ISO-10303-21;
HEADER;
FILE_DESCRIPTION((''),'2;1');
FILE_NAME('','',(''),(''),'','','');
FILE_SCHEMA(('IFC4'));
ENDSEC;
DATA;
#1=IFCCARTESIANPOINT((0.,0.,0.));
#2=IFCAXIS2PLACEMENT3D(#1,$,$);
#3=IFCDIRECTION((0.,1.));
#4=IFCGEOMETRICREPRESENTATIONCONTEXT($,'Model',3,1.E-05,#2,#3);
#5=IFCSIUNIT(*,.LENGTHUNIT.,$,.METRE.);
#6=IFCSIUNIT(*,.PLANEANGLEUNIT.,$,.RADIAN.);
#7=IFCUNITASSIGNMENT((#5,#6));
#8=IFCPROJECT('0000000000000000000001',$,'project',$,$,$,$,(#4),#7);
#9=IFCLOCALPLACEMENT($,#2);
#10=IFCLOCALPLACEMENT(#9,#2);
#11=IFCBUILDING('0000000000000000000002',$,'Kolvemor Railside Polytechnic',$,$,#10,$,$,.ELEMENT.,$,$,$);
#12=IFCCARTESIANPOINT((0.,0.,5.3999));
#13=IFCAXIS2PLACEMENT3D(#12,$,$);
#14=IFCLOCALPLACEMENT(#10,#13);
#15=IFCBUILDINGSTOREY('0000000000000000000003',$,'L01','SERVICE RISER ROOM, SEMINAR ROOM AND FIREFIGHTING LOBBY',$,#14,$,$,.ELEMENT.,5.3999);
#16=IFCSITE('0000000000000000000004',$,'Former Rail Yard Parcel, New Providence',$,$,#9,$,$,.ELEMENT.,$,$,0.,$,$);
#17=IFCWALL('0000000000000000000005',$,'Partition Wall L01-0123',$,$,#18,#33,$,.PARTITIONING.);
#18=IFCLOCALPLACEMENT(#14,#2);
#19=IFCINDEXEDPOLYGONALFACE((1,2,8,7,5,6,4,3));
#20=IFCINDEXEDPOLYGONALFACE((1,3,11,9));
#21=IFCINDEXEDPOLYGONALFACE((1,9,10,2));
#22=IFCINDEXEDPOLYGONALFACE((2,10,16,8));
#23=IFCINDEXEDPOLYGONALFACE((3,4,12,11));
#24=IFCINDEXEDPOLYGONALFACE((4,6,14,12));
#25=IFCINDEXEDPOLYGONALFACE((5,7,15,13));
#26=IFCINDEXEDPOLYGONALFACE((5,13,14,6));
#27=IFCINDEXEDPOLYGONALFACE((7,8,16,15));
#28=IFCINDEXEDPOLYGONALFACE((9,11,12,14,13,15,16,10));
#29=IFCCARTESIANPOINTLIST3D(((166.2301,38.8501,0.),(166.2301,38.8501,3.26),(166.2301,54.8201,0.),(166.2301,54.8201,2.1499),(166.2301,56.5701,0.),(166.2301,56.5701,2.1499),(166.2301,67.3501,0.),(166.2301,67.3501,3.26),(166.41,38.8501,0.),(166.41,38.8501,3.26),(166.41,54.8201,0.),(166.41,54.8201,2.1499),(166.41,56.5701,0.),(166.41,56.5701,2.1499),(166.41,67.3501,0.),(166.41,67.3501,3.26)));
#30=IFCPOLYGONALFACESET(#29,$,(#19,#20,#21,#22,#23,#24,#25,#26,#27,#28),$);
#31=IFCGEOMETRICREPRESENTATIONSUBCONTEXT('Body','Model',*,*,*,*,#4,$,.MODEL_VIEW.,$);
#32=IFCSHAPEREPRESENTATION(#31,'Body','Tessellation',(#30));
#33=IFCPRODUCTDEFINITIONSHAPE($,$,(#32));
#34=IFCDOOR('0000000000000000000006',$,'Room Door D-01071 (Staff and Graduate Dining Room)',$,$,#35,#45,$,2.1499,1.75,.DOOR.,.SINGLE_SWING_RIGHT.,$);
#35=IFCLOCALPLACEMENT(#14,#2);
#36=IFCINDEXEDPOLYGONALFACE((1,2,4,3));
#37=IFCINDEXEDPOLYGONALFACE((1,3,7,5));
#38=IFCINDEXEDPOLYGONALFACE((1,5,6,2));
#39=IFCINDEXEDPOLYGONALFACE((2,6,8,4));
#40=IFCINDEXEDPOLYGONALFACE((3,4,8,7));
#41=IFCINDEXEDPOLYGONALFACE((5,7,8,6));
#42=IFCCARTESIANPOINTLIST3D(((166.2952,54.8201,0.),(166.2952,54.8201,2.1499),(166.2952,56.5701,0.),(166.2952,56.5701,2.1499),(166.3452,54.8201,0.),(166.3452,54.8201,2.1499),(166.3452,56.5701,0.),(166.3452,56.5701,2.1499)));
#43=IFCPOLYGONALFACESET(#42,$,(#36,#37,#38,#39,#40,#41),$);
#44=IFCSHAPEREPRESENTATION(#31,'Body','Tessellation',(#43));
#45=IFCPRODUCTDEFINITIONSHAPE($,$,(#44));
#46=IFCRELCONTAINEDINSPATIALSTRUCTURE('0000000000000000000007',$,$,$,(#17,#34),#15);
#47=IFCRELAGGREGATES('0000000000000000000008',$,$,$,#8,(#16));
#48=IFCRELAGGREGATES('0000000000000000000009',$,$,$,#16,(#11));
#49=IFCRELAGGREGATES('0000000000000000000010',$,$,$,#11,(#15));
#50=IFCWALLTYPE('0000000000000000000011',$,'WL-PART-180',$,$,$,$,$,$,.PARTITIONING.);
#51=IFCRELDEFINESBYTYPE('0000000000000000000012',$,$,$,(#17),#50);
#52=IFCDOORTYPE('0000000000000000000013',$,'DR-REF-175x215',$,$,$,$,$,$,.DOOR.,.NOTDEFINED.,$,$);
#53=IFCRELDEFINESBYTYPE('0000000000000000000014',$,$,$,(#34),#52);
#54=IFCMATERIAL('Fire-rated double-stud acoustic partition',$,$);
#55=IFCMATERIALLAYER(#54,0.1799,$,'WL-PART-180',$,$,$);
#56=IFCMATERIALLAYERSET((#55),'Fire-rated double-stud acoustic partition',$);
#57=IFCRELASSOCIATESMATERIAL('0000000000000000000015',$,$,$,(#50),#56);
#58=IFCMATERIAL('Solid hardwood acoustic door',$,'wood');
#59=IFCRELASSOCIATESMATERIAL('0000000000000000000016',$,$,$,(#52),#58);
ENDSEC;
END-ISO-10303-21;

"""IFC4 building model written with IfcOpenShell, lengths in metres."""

from ifc_helpers import new_model, si_unit, direction, frame, frame_2d, origin, place, context, subcontext, project, spatial, rectangle, extrude, material, layer, layer_set, type_object, element, fill, save


model = new_model("IFC4")

# Units and contexts
model_context = context("Model", 3, precision=1e-05, world=origin(), true_north=direction((0.0, 1.0)))
body_context = subcontext(model_context, "Body", "Model", "MODEL_VIEW")
ifc_project = project(units=[si_unit("LENGTHUNIT", "METRE"), si_unit("PLANEANGLEUNIT", "RADIAN")], contexts=[model_context])

# Site, building, storey
site_placement = place(None, origin())
site = spatial("IfcSite", under=ifc_project, at=site_placement, Name="Former Rail Yard Parcel, New Providence", CompositionType="ELEMENT", RefElevation=0.0)
building_placement = place(site_placement, origin())
building = spatial("IfcBuilding", under=site, at=building_placement, Name="Kolvemor Railside Polytechnic", CompositionType="ELEMENT")
storey_placement = place(building_placement, frame((0.0, 0.0, 5.3999)))
storey = spatial("IfcBuildingStorey", under=building, at=storey_placement, Name="L01", Description="SERVICE RISER ROOM, SEMINAR ROOM AND FIREFIGHTING LOBBY", CompositionType="ELEMENT", Elevation=5.3999)

# Wall, opening, door
ifc_material_1 = material(Name="Fire-rated double-stud acoustic partition")
ifc_layer_1 = layer(ifc_material_1, 0.1799, Name="WL-PART-180")
ifc_layer_set_1 = layer_set([ifc_layer_1], Name="Fire-rated double-stud acoustic partition")
wall_type_1 = type_object("IfcWallType", Name="WL-PART-180", PredefinedType="PARTITIONING", material=ifc_layer_set_1)
wall_1_placement = place(storey_placement, frame((166.3201, 38.8501, 0.0), z_axis=(0.0, 0.0, 1.0), x_axis=(0.0, 1.0, 0.0)))
wall_1 = element("IfcWall", 1, at=wall_1_placement, inside=storey, type_object=wall_type_1, Name="Partition Wall L01-0123", PredefinedType="PARTITIONING", context=body_context, shape_type="SweptSolid", body=[
    extrude(rectangle(XDim=28.5, YDim=0.1799, at=frame_2d((14.25, 0.0))), origin(), (0.0, 0.0, 1.0), 3.26),
])
opening_1_placement = place(wall_1_placement, frame((15.97, 0.0, 0.0)))
opening_1 = element("IfcOpeningElement", 2, at=opening_1_placement, cuts=wall_1, PredefinedType="OPENING", context=body_context, shape_type="SweptSolid", body=[
    extrude(rectangle(XDim=1.75, YDim=2.1499, at=frame_2d((0.875, 1.075))), frame((0.0, 0.0999, 0.0), z_axis=(0.0, -1.0, 0.0), x_axis=(1.0, 0.0, 0.0)), (0.0, 0.0, 1.0), 0.2),
])
ifc_material_2 = material(Name="Solid hardwood acoustic door", Category="wood")
door_type_1 = type_object("IfcDoorType", Name="DR-REF-175x215", OperationType="NOTDEFINED", PredefinedType="DOOR", material=ifc_material_2)
door_1_placement = place(opening_1_placement, origin())
door_1 = element("IfcDoor", 3, at=door_1_placement, inside=storey, type_object=door_type_1, Name="Room Door D-01071 (Staff and Graduate Dining Room)", OperationType="SINGLE_SWING_RIGHT", OverallHeight=2.1499, OverallWidth=1.75, PredefinedType="DOOR", context=body_context, shape_type="SweptSolid", body=[
    extrude(rectangle(XDim=1.75, YDim=2.1499, at=frame_2d((0.875, 1.075))), frame((0.0, 0.0249, 0.0), z_axis=(0.0, -1.0, 0.0), x_axis=(1.0, 0.0, 0.0)), (0.0, 0.0, 1.0), 0.05),
])
fill(opening_1, door_1)

save(model, "model.ifc")
